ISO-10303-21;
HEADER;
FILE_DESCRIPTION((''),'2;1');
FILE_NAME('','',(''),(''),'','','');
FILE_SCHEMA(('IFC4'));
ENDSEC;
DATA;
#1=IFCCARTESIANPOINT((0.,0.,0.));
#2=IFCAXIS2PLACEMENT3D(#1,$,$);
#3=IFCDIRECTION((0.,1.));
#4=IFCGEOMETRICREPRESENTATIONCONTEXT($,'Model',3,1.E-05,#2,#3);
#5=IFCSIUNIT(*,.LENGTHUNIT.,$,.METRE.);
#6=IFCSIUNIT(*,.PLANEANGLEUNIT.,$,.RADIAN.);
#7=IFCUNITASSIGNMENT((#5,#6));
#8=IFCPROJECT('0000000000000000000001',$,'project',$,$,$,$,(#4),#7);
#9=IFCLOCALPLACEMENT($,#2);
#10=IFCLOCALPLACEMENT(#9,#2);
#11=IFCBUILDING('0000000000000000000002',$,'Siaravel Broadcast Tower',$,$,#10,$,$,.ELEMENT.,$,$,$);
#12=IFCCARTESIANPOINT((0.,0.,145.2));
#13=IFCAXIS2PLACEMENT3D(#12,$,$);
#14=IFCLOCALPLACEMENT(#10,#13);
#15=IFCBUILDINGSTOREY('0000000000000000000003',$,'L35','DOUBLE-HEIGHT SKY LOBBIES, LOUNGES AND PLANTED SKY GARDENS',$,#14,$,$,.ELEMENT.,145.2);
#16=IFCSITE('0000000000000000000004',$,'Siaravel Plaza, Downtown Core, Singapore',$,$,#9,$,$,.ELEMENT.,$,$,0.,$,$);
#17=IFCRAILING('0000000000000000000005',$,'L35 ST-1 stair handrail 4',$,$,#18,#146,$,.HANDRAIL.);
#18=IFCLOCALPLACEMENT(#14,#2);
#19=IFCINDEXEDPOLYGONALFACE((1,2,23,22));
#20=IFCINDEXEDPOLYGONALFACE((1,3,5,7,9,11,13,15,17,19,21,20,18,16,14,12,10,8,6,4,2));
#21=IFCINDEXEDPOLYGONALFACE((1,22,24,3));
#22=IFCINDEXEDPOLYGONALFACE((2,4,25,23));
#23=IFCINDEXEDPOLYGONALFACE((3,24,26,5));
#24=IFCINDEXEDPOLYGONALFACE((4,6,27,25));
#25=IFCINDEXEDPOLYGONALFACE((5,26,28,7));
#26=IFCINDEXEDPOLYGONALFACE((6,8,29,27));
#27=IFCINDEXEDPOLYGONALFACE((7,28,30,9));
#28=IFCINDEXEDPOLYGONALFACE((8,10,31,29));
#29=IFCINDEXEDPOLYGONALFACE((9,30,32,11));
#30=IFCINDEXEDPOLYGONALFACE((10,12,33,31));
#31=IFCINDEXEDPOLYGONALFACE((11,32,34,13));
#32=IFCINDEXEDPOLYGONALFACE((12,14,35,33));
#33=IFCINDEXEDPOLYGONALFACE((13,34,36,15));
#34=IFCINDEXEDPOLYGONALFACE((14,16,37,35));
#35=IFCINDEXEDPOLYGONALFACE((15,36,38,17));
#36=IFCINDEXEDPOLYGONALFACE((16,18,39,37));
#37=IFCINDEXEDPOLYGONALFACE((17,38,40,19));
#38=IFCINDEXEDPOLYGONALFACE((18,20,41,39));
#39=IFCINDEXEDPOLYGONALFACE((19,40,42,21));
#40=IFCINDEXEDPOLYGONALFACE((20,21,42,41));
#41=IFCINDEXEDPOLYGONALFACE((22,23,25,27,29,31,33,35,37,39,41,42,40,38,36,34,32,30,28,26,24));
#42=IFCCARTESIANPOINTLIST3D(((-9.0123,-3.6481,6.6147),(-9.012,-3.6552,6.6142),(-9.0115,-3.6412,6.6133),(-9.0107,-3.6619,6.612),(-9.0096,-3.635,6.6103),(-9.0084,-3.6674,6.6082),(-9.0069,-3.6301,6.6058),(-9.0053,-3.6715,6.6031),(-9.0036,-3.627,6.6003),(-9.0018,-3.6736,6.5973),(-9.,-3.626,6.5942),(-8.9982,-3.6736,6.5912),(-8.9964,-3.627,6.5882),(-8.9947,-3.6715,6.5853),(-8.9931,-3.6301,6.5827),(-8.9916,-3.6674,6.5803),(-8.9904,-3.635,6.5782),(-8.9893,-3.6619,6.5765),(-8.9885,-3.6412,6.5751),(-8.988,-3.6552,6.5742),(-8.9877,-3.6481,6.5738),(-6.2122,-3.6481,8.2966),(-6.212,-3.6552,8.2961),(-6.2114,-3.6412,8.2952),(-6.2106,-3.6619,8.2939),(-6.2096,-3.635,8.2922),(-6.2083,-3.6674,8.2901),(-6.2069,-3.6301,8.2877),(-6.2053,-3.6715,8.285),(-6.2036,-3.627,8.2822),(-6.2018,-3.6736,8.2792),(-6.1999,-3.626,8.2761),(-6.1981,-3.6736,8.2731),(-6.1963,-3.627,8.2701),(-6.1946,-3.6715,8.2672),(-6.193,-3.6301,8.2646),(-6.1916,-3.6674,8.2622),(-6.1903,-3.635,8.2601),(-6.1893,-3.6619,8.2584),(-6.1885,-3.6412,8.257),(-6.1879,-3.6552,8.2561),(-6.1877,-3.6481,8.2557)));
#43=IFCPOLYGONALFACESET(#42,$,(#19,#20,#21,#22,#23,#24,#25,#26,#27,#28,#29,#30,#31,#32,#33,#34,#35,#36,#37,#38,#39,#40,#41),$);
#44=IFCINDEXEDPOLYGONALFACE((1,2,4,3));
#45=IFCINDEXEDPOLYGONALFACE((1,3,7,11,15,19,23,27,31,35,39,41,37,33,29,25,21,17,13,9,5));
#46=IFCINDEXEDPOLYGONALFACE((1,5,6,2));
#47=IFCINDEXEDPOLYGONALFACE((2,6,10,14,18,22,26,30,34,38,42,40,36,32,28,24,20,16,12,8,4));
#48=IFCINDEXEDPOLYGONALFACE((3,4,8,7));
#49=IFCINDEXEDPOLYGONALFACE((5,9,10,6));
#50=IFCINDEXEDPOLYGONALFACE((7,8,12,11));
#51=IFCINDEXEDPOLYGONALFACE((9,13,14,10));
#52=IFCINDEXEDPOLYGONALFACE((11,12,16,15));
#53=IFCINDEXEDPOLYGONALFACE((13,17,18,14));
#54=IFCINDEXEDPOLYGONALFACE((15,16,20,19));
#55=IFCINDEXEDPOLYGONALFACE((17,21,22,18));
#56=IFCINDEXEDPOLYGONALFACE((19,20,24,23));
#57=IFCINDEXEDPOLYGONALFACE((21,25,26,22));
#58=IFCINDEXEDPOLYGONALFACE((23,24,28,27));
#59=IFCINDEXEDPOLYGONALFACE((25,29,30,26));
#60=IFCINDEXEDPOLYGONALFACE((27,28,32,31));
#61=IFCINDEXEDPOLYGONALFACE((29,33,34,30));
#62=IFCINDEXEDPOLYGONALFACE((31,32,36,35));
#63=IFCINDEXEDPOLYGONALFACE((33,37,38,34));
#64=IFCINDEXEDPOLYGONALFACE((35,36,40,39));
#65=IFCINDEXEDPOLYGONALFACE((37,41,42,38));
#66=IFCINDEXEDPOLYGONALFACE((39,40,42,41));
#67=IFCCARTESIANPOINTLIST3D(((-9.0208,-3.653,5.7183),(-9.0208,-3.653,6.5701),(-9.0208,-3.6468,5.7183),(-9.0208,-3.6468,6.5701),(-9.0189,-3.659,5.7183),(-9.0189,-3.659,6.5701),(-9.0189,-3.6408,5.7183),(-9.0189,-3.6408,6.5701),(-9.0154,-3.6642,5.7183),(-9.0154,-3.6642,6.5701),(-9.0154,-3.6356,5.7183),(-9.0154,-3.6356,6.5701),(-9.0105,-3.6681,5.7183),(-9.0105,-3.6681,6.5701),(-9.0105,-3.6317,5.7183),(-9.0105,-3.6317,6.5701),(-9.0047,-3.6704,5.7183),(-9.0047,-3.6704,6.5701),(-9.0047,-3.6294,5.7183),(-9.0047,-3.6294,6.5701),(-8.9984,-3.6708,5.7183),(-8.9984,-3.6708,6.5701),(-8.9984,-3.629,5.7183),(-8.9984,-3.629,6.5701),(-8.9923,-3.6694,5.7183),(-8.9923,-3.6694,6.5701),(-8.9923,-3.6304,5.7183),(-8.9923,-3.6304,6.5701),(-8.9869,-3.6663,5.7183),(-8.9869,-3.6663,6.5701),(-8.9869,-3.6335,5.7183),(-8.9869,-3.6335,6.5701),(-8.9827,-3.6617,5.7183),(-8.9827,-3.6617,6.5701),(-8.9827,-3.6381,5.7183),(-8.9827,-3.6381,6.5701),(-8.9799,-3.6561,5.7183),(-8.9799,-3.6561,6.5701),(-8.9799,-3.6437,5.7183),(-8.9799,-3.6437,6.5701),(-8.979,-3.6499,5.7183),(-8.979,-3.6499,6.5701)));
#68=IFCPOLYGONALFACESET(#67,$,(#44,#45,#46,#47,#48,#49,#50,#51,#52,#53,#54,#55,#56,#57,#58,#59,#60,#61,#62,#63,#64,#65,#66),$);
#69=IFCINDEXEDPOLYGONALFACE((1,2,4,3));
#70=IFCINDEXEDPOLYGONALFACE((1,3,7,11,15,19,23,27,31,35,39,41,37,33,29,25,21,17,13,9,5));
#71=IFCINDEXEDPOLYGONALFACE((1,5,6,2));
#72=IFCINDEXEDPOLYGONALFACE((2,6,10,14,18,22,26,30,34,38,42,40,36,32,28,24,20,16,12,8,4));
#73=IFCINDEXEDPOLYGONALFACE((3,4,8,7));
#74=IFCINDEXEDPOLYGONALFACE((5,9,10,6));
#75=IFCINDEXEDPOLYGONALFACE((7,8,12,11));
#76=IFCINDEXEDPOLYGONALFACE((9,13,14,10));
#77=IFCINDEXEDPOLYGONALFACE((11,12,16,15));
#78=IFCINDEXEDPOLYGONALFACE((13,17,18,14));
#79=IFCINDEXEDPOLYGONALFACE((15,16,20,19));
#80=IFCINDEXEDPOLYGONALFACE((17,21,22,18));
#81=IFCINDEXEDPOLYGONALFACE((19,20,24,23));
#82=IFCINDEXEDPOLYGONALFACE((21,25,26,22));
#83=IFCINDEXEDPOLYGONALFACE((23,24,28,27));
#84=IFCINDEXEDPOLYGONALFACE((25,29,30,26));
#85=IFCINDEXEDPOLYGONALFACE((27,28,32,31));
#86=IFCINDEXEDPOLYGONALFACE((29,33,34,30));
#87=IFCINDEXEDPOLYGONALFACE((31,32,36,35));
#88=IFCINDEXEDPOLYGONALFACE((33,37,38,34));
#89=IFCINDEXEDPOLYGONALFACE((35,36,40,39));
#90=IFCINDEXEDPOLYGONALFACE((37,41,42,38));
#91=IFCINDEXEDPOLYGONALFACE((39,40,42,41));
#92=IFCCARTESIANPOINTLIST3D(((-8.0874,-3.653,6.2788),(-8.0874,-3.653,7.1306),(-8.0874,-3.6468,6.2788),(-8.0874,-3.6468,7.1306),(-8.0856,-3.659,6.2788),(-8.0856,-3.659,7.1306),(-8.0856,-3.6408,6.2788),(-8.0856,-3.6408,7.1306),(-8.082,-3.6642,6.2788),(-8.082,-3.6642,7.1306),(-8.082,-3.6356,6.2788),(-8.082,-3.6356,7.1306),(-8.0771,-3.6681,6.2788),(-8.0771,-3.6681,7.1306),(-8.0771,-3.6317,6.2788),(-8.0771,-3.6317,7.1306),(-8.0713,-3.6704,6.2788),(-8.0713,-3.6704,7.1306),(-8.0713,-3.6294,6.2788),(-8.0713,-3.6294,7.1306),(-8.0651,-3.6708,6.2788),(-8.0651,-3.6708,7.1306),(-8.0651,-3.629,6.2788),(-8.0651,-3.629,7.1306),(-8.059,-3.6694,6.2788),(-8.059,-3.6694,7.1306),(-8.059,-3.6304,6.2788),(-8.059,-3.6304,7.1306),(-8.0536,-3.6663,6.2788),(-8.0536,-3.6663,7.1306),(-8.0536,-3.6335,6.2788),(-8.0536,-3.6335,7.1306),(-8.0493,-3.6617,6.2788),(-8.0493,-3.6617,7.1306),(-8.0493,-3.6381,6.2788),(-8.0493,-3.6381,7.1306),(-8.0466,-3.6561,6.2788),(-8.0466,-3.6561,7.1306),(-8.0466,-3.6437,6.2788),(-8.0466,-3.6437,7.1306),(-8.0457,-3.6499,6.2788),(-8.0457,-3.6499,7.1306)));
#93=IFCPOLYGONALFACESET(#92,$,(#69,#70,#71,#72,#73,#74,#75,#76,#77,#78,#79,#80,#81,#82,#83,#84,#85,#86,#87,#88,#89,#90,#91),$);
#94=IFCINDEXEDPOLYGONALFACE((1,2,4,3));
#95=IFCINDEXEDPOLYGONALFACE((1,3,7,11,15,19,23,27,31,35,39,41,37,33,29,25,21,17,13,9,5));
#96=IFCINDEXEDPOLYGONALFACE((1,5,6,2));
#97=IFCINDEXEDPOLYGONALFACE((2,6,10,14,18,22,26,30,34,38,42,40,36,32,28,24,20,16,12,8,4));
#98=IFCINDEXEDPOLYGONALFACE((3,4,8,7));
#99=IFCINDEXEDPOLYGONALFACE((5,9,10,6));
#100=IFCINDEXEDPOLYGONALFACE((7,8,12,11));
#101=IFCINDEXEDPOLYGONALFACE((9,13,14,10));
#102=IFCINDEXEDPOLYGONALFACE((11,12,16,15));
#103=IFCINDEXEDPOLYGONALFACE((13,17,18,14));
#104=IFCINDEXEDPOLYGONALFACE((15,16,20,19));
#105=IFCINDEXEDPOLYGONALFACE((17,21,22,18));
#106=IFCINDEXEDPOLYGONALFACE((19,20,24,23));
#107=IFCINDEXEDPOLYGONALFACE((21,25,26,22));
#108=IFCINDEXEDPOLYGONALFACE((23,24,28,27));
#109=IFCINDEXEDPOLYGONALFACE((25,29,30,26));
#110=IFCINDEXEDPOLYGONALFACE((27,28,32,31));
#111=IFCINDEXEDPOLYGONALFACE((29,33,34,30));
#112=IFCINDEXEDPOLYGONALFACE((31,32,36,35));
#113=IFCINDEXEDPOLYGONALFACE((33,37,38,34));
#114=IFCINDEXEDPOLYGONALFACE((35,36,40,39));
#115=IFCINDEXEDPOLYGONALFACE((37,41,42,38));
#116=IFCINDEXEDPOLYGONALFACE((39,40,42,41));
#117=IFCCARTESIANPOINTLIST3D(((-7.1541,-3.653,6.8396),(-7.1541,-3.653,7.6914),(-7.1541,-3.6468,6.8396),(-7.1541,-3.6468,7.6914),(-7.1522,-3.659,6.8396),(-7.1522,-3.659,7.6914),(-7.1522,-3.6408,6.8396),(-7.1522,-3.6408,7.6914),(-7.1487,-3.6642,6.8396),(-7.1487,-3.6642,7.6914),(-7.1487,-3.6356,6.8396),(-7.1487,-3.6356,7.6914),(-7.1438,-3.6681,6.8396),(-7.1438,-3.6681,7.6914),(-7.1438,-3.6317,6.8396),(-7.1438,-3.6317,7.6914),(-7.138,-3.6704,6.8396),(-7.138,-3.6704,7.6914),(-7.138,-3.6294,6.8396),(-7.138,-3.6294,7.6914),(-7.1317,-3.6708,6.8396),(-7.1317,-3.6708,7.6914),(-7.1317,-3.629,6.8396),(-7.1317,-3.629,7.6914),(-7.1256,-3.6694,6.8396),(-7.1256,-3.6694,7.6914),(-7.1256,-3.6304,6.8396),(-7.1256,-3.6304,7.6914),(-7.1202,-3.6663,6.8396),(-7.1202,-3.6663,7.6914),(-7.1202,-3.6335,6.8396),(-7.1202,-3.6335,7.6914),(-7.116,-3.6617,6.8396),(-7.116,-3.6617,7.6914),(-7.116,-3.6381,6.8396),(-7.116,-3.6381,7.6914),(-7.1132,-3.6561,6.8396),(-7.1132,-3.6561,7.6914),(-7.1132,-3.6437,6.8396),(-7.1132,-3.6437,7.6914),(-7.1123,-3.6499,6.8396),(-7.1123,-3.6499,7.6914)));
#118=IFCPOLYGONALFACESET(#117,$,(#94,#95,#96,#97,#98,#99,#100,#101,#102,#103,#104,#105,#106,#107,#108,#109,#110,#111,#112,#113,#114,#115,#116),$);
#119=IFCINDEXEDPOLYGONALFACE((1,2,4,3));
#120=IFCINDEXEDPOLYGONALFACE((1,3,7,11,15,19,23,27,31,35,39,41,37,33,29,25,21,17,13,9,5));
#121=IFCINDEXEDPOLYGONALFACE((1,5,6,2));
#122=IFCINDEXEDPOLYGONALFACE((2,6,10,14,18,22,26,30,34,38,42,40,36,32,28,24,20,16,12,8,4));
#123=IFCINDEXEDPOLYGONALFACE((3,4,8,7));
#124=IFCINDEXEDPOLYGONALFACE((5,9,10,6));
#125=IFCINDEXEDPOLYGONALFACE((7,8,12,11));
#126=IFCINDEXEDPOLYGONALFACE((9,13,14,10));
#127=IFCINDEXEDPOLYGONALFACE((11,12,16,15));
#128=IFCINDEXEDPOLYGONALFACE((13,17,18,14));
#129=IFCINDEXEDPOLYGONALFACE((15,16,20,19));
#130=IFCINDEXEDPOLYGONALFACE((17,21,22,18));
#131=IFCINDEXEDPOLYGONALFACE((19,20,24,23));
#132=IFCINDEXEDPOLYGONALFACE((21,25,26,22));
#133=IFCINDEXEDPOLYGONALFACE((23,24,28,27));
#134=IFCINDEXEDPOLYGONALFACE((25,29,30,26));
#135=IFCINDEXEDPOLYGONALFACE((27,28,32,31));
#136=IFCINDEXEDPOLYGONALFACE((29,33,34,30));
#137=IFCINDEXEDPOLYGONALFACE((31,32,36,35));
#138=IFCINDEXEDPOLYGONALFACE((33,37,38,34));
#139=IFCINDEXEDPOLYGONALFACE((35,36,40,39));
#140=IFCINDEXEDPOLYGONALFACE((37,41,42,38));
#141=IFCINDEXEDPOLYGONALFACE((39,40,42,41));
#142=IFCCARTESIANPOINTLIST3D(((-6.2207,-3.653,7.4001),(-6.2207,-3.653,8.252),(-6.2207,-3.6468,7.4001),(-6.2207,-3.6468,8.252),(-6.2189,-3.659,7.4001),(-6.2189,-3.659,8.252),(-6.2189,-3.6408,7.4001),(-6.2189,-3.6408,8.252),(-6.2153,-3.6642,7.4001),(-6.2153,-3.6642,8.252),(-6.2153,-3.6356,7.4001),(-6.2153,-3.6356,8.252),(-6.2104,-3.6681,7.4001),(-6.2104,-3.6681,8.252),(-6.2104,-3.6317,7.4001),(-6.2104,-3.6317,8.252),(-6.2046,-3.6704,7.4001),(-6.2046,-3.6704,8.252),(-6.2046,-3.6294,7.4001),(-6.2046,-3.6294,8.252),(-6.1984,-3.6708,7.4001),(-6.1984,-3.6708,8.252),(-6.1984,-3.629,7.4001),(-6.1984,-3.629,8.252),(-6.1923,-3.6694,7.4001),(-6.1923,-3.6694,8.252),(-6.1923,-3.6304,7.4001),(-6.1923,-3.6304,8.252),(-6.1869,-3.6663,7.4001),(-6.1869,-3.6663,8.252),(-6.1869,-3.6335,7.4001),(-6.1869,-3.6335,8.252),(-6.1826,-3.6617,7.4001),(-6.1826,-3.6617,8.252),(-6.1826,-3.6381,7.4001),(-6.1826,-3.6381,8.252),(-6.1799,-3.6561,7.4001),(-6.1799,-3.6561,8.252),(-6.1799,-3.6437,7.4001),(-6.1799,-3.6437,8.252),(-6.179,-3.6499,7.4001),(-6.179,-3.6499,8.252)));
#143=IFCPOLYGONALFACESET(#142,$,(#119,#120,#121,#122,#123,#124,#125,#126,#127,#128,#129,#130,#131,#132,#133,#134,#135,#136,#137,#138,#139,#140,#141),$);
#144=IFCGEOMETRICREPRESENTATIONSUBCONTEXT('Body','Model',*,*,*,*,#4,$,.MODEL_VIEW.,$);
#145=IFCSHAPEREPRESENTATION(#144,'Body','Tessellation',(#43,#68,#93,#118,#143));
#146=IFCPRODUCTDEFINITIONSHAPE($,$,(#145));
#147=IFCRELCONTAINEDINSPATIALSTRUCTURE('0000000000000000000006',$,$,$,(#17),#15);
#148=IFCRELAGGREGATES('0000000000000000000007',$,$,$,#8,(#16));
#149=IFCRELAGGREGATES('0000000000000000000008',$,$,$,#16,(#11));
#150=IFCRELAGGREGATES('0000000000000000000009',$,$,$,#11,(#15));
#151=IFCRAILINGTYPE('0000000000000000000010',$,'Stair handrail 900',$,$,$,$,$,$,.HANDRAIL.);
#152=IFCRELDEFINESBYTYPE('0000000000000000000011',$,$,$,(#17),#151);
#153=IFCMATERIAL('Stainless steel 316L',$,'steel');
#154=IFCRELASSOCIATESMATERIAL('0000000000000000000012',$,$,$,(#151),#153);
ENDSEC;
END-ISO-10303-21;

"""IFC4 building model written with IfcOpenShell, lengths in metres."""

from ifc_helpers import new_model, si_unit, direction, frame, origin, origin_2d, place, context, subcontext, project, spatial, circle, extrude, material, type_object, element, save


model = new_model("IFC4")

# Units and contexts
model_context = context("Model", 3, precision=1e-05, world=origin(), true_north=direction((0.0, 1.0)))
body_context = subcontext(model_context, "Body", "Model", "MODEL_VIEW")
ifc_project = project(units=[si_unit("LENGTHUNIT", "METRE"), si_unit("PLANEANGLEUNIT", "RADIAN")], contexts=[model_context])

# Site, building, storey
site_placement = place(None, origin())
site = spatial("IfcSite", under=ifc_project, at=site_placement, Name="Siaravel Plaza, Downtown Core, Singapore", CompositionType="ELEMENT", RefElevation=0.0)
building_placement = place(site_placement, origin())
building = spatial("IfcBuilding", under=site, at=building_placement, Name="Siaravel Broadcast Tower", CompositionType="ELEMENT")
storey_placement = place(building_placement, frame((0.0, 0.0, 145.2)))
storey = spatial("IfcBuildingStorey", under=building, at=storey_placement, Name="L35", Description="DOUBLE-HEIGHT SKY LOBBIES, LOUNGES AND PLANTED SKY GARDENS", CompositionType="ELEMENT", Elevation=145.2)

# Railing
ifc_material_1 = material(Name="Stainless steel 316L", Category="steel")
railing_type_1 = type_object("IfcRailingType", Name="Stair handrail 900", PredefinedType="HANDRAIL", material=ifc_material_1)
railing_1_placement = place(storey_placement, frame((-9.0, -3.6499, 5.7183)))
element("IfcRailing", 1, at=railing_1_placement, inside=storey, type_object=railing_type_1, Name="L35 ST-1 stair handrail 4", PredefinedType="HANDRAIL", context=body_context, shape_type="SweptSolid", body=[
    extrude(circle(Radius=0.0239, at=origin_2d()), frame((0.0, 0.0, 0.876), z_axis=(0.857242, 0.0, 0.514913), x_axis=(0.0, 1.0, 0.0)), (0.0, 0.0, 1.0), 3.2664),
    extrude(circle(Radius=0.021, at=origin_2d()), origin(), (0.0, 0.0, 1.0), 0.8518),
    extrude(circle(Radius=0.021, at=origin_2d()), frame((0.9333, 0.0, 0.5605)), (0.0, 0.0, 1.0), 0.8518),
    extrude(circle(Radius=0.021, at=origin_2d()), frame((1.8667, 0.0, 1.1213)), (0.0, 0.0, 1.0), 0.8518),
    extrude(circle(Radius=0.021, at=origin_2d()), frame((2.8, 0.0, 1.6819)), (0.0, 0.0, 1.0), 0.8518),
])

save(model, "model.ifc")
